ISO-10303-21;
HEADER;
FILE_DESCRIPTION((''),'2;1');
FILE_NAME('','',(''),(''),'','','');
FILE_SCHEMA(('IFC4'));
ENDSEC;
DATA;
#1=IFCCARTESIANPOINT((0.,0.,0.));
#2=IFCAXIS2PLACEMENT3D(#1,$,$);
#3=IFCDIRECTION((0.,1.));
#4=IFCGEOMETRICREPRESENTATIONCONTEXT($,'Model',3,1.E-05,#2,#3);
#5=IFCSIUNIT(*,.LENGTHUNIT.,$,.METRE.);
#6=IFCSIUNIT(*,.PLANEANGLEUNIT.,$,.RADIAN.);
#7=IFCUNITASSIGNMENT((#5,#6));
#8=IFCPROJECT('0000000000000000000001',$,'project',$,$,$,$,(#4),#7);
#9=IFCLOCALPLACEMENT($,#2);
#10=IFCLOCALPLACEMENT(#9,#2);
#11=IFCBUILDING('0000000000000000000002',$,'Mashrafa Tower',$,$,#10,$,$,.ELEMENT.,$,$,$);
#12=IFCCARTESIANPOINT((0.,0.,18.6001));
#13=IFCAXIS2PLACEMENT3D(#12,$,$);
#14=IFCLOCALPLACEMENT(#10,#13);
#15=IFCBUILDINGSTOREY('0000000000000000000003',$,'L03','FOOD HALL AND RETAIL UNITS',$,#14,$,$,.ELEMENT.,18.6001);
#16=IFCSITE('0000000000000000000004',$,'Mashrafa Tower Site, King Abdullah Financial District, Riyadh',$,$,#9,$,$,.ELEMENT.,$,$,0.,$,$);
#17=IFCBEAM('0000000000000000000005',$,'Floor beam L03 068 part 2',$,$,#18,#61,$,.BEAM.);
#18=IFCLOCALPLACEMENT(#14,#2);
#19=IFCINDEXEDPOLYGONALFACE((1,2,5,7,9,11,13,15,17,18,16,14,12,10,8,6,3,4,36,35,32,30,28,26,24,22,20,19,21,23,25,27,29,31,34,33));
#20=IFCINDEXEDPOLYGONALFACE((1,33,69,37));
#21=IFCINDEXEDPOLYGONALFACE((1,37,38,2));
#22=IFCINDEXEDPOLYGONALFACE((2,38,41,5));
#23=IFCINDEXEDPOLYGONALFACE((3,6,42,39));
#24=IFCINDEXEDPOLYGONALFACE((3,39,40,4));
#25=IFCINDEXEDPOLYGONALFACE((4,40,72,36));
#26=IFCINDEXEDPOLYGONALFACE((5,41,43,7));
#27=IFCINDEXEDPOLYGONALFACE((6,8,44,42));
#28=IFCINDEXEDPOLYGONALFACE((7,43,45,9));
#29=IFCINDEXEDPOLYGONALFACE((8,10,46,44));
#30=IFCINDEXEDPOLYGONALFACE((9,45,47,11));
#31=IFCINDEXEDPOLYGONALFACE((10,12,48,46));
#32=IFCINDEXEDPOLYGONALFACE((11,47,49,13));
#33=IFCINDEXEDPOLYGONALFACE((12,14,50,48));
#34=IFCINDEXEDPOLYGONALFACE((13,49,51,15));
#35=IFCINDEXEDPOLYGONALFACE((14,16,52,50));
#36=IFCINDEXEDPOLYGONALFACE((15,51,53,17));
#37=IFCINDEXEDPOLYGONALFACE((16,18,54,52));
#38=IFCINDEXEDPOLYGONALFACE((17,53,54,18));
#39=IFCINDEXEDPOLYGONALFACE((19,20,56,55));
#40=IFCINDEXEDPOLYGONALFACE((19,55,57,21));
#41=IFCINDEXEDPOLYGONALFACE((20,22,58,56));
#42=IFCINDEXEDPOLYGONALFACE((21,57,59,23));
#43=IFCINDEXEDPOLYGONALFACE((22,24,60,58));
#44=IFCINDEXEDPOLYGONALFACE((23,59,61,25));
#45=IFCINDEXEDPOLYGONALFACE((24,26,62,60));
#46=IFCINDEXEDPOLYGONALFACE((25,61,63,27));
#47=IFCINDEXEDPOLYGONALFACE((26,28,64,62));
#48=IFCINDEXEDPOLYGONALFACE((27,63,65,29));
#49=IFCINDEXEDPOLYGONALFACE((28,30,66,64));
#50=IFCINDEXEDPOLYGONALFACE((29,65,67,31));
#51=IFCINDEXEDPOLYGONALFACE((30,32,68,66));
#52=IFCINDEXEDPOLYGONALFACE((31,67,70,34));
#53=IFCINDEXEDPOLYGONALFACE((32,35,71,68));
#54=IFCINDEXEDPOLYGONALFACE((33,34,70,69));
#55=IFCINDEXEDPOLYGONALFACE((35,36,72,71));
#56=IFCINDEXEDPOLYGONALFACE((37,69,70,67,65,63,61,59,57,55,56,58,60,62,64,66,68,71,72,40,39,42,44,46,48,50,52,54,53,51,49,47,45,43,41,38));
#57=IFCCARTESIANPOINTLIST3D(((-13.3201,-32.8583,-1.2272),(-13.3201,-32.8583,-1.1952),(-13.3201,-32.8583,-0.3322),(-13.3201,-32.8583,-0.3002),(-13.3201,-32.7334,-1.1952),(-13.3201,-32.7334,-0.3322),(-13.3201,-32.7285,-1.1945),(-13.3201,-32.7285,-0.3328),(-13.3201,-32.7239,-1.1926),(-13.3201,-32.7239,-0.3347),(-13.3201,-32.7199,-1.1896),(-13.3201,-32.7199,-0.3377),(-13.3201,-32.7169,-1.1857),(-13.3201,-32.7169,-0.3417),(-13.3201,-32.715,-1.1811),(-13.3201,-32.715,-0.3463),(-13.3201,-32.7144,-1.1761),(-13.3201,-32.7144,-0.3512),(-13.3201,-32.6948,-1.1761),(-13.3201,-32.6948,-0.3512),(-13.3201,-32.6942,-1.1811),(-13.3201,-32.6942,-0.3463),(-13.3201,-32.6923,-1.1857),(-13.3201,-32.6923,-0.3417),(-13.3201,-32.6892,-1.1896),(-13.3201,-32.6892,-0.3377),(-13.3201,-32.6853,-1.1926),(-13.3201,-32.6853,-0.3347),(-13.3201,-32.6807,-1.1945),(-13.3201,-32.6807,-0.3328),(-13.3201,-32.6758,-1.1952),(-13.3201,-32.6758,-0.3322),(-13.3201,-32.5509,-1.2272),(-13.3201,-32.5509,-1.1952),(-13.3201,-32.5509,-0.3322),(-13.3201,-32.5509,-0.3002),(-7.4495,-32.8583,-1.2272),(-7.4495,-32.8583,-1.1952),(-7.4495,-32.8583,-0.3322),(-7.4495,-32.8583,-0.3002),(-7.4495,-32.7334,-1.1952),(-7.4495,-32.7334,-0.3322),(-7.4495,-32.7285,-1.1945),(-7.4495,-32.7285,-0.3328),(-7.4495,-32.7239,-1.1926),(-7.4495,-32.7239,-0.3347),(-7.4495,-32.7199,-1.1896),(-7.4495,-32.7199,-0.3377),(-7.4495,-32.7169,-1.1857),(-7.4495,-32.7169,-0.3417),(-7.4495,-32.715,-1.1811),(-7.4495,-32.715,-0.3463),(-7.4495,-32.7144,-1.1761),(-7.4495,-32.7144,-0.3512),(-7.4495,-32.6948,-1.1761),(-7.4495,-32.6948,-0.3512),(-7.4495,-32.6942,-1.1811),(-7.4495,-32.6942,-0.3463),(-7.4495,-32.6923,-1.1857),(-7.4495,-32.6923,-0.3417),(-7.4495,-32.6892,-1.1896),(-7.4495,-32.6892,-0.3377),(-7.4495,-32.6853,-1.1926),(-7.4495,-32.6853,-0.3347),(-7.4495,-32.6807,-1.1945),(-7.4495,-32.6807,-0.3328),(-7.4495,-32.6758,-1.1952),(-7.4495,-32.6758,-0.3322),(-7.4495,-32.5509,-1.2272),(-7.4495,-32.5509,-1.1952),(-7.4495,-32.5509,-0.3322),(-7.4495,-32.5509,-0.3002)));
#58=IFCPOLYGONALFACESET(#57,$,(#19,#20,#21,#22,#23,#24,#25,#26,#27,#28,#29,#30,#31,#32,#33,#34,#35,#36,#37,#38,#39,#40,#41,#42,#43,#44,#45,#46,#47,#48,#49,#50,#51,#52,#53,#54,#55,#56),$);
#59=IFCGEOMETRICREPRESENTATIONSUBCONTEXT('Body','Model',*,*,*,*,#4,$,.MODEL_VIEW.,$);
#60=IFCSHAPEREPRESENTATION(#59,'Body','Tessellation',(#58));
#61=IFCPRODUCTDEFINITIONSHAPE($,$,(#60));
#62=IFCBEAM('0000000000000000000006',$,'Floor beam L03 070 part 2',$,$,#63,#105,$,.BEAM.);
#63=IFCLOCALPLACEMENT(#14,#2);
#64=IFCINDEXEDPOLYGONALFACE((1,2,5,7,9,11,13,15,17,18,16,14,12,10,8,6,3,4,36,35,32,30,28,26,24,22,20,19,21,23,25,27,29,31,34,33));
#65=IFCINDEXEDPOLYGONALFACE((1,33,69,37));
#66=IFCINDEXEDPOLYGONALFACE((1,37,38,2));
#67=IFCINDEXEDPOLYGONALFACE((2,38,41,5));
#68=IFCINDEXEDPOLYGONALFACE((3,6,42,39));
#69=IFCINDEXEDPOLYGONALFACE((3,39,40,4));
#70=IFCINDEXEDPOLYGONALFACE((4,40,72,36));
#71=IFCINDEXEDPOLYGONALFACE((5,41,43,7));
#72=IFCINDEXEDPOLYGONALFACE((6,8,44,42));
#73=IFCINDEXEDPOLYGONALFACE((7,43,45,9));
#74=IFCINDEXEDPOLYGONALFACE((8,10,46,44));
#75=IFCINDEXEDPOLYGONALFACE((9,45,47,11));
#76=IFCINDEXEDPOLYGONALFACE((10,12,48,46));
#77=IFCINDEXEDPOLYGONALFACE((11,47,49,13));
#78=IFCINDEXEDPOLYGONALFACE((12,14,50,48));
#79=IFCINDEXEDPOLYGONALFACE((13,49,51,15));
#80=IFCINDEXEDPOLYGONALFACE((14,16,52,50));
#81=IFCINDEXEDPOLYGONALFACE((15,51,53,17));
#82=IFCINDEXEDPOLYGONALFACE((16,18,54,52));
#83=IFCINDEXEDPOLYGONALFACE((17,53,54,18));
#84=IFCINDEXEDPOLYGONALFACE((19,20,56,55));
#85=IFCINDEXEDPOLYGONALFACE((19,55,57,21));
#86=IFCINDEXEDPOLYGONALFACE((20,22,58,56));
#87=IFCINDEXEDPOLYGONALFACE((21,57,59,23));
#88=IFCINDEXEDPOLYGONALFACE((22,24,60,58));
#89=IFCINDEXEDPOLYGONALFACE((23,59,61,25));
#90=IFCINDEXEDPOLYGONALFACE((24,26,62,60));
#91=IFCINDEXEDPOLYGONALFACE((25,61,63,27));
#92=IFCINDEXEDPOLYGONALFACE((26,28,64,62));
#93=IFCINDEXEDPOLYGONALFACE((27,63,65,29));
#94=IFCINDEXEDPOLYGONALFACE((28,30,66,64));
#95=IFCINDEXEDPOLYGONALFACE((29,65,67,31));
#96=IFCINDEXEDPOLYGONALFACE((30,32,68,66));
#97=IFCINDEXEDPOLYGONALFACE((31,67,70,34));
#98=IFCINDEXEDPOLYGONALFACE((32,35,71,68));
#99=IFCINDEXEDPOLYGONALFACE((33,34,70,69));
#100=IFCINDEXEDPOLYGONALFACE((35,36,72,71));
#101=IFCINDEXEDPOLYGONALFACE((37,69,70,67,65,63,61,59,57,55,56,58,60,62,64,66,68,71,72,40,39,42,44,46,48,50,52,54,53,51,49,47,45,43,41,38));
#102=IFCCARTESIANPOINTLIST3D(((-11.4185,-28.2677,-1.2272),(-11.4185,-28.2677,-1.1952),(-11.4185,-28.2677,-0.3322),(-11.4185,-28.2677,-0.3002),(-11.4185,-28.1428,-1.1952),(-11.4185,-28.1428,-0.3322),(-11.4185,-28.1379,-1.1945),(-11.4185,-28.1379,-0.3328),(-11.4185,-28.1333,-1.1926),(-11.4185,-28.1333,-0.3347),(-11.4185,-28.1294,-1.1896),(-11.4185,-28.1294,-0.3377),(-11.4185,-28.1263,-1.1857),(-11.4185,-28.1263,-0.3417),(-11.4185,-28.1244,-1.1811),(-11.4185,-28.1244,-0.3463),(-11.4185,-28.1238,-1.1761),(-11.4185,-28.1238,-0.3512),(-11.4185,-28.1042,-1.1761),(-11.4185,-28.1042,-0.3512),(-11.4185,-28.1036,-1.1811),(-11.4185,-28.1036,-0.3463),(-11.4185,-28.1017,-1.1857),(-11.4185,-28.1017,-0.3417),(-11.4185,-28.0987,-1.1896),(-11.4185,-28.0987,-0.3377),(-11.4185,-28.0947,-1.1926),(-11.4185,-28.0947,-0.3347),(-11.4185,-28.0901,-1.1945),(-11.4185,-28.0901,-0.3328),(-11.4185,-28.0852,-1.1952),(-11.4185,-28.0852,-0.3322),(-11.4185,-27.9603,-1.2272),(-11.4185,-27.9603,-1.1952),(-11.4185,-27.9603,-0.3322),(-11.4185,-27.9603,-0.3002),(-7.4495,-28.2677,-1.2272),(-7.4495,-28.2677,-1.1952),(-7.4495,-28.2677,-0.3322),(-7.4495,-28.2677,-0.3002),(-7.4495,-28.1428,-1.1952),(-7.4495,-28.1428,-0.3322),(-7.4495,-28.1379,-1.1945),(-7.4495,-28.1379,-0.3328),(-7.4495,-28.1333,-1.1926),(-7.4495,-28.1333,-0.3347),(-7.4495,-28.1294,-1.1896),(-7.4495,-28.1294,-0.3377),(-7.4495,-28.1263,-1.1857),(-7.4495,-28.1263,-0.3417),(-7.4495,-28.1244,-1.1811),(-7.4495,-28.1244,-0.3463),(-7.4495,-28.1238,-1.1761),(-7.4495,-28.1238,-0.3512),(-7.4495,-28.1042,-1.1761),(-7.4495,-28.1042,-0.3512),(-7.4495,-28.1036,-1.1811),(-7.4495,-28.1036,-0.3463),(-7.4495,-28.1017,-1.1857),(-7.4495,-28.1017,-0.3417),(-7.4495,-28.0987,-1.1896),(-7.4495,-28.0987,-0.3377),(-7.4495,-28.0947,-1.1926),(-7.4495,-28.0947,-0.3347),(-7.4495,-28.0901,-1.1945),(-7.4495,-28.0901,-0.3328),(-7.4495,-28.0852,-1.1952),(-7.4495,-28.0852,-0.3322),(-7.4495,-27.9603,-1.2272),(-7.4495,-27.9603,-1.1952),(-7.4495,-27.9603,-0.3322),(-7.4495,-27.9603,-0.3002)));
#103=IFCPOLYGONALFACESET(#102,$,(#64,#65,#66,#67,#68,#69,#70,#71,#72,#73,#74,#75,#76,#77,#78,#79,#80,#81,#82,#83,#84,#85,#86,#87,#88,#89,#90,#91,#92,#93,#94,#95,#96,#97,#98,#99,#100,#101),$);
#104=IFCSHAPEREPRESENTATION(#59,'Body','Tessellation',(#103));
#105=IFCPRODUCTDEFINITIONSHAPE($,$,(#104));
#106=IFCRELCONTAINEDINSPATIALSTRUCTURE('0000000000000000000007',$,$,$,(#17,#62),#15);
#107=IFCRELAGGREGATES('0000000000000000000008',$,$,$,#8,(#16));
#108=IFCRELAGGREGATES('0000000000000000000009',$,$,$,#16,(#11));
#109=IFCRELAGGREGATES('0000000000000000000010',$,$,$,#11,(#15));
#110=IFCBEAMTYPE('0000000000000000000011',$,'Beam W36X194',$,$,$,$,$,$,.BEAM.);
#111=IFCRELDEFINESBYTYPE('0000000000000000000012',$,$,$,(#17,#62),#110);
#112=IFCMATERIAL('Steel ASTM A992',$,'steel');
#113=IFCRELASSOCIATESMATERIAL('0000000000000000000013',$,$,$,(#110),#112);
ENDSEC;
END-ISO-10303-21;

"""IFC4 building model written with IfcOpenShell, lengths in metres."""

from ifc_helpers import new_model, si_unit, direction, frame, origin, origin_2d, place, context, subcontext, project, spatial, i_section, extrude, material, material_profile, profile_set, type_object, element, save


model = new_model("IFC4")

# Units and contexts
model_context = context("Model", 3, precision=1e-05, world=origin(), true_north=direction((0.0, 1.0)))
body_context = subcontext(model_context, "Body", "Model", "MODEL_VIEW")
ifc_project = project(units=[si_unit("LENGTHUNIT", "METRE"), si_unit("PLANEANGLEUNIT", "RADIAN")], contexts=[model_context])

# Site, building, storey
site_placement = place(None, origin())
site = spatial("IfcSite", under=ifc_project, at=site_placement, Name="Mashrafa Tower Site, King Abdullah Financial District, Riyadh", CompositionType="ELEMENT", RefElevation=0.0)
building_placement = place(site_placement, origin())
building = spatial("IfcBuilding", under=site, at=building_placement, Name="Mashrafa Tower", CompositionType="ELEMENT")
storey_placement = place(building_placement, frame((0.0, 0.0, 18.6001)))
storey = spatial("IfcBuildingStorey", under=building, at=storey_placement, Name="L03", Description="FOOD HALL AND RETAIL UNITS", CompositionType="ELEMENT", Elevation=18.6001)

# Beams
ifc_material_1 = material(Name="Steel ASTM A992", Category="steel")
ifc_material_profile_1 = material_profile(ifc_material_1, i_section(OverallWidth=0.3074, OverallDepth=0.927, WebThickness=0.0195, FlangeThickness=0.032, FilletRadius=0.019, at=origin_2d()), Name="W36X194")
ifc_profile_set_1 = profile_set([ifc_material_profile_1], Name="Steel ASTM A992")
beam_type_1 = type_object("IfcBeamType", Name="Beam W36X194", PredefinedType="BEAM", material=ifc_profile_set_1)
beam_1_placement = place(storey_placement, frame((-7.4495, -32.7046, -0.7637), z_axis=(-1.0, 0.0, 0.0), x_axis=(0.0, -1.0, 0.0)))
element("IfcBeam", 1, at=beam_1_placement, inside=storey, type_object=beam_type_1, Name="Floor beam L03 068 part 2", PredefinedType="BEAM", context=body_context, shape_type="SweptSolid", body=[
    extrude(i_section(OverallWidth=0.3074, OverallDepth=0.927, WebThickness=0.0195, FlangeThickness=0.032, FilletRadius=0.019, at=origin_2d()), origin(), (0.0, 0.0, 1.0), 5.8706),
])
beam_2_placement = place(storey_placement, frame((-7.4495, -28.114, -0.7637), z_axis=(-1.0, 0.0, 0.0), x_axis=(0.0, -1.0, 0.0)))
element("IfcBeam", 2, at=beam_2_placement, inside=storey, type_object=beam_type_1, Name="Floor beam L03 070 part 2", PredefinedType="BEAM", context=body_context, shape_type="SweptSolid", body=[
    extrude(i_section(OverallWidth=0.3074, OverallDepth=0.927, WebThickness=0.0195, FlangeThickness=0.032, FilletRadius=0.019, at=origin_2d()), origin(), (0.0, 0.0, 1.0), 3.969),
])

save(model, "model.ifc")
